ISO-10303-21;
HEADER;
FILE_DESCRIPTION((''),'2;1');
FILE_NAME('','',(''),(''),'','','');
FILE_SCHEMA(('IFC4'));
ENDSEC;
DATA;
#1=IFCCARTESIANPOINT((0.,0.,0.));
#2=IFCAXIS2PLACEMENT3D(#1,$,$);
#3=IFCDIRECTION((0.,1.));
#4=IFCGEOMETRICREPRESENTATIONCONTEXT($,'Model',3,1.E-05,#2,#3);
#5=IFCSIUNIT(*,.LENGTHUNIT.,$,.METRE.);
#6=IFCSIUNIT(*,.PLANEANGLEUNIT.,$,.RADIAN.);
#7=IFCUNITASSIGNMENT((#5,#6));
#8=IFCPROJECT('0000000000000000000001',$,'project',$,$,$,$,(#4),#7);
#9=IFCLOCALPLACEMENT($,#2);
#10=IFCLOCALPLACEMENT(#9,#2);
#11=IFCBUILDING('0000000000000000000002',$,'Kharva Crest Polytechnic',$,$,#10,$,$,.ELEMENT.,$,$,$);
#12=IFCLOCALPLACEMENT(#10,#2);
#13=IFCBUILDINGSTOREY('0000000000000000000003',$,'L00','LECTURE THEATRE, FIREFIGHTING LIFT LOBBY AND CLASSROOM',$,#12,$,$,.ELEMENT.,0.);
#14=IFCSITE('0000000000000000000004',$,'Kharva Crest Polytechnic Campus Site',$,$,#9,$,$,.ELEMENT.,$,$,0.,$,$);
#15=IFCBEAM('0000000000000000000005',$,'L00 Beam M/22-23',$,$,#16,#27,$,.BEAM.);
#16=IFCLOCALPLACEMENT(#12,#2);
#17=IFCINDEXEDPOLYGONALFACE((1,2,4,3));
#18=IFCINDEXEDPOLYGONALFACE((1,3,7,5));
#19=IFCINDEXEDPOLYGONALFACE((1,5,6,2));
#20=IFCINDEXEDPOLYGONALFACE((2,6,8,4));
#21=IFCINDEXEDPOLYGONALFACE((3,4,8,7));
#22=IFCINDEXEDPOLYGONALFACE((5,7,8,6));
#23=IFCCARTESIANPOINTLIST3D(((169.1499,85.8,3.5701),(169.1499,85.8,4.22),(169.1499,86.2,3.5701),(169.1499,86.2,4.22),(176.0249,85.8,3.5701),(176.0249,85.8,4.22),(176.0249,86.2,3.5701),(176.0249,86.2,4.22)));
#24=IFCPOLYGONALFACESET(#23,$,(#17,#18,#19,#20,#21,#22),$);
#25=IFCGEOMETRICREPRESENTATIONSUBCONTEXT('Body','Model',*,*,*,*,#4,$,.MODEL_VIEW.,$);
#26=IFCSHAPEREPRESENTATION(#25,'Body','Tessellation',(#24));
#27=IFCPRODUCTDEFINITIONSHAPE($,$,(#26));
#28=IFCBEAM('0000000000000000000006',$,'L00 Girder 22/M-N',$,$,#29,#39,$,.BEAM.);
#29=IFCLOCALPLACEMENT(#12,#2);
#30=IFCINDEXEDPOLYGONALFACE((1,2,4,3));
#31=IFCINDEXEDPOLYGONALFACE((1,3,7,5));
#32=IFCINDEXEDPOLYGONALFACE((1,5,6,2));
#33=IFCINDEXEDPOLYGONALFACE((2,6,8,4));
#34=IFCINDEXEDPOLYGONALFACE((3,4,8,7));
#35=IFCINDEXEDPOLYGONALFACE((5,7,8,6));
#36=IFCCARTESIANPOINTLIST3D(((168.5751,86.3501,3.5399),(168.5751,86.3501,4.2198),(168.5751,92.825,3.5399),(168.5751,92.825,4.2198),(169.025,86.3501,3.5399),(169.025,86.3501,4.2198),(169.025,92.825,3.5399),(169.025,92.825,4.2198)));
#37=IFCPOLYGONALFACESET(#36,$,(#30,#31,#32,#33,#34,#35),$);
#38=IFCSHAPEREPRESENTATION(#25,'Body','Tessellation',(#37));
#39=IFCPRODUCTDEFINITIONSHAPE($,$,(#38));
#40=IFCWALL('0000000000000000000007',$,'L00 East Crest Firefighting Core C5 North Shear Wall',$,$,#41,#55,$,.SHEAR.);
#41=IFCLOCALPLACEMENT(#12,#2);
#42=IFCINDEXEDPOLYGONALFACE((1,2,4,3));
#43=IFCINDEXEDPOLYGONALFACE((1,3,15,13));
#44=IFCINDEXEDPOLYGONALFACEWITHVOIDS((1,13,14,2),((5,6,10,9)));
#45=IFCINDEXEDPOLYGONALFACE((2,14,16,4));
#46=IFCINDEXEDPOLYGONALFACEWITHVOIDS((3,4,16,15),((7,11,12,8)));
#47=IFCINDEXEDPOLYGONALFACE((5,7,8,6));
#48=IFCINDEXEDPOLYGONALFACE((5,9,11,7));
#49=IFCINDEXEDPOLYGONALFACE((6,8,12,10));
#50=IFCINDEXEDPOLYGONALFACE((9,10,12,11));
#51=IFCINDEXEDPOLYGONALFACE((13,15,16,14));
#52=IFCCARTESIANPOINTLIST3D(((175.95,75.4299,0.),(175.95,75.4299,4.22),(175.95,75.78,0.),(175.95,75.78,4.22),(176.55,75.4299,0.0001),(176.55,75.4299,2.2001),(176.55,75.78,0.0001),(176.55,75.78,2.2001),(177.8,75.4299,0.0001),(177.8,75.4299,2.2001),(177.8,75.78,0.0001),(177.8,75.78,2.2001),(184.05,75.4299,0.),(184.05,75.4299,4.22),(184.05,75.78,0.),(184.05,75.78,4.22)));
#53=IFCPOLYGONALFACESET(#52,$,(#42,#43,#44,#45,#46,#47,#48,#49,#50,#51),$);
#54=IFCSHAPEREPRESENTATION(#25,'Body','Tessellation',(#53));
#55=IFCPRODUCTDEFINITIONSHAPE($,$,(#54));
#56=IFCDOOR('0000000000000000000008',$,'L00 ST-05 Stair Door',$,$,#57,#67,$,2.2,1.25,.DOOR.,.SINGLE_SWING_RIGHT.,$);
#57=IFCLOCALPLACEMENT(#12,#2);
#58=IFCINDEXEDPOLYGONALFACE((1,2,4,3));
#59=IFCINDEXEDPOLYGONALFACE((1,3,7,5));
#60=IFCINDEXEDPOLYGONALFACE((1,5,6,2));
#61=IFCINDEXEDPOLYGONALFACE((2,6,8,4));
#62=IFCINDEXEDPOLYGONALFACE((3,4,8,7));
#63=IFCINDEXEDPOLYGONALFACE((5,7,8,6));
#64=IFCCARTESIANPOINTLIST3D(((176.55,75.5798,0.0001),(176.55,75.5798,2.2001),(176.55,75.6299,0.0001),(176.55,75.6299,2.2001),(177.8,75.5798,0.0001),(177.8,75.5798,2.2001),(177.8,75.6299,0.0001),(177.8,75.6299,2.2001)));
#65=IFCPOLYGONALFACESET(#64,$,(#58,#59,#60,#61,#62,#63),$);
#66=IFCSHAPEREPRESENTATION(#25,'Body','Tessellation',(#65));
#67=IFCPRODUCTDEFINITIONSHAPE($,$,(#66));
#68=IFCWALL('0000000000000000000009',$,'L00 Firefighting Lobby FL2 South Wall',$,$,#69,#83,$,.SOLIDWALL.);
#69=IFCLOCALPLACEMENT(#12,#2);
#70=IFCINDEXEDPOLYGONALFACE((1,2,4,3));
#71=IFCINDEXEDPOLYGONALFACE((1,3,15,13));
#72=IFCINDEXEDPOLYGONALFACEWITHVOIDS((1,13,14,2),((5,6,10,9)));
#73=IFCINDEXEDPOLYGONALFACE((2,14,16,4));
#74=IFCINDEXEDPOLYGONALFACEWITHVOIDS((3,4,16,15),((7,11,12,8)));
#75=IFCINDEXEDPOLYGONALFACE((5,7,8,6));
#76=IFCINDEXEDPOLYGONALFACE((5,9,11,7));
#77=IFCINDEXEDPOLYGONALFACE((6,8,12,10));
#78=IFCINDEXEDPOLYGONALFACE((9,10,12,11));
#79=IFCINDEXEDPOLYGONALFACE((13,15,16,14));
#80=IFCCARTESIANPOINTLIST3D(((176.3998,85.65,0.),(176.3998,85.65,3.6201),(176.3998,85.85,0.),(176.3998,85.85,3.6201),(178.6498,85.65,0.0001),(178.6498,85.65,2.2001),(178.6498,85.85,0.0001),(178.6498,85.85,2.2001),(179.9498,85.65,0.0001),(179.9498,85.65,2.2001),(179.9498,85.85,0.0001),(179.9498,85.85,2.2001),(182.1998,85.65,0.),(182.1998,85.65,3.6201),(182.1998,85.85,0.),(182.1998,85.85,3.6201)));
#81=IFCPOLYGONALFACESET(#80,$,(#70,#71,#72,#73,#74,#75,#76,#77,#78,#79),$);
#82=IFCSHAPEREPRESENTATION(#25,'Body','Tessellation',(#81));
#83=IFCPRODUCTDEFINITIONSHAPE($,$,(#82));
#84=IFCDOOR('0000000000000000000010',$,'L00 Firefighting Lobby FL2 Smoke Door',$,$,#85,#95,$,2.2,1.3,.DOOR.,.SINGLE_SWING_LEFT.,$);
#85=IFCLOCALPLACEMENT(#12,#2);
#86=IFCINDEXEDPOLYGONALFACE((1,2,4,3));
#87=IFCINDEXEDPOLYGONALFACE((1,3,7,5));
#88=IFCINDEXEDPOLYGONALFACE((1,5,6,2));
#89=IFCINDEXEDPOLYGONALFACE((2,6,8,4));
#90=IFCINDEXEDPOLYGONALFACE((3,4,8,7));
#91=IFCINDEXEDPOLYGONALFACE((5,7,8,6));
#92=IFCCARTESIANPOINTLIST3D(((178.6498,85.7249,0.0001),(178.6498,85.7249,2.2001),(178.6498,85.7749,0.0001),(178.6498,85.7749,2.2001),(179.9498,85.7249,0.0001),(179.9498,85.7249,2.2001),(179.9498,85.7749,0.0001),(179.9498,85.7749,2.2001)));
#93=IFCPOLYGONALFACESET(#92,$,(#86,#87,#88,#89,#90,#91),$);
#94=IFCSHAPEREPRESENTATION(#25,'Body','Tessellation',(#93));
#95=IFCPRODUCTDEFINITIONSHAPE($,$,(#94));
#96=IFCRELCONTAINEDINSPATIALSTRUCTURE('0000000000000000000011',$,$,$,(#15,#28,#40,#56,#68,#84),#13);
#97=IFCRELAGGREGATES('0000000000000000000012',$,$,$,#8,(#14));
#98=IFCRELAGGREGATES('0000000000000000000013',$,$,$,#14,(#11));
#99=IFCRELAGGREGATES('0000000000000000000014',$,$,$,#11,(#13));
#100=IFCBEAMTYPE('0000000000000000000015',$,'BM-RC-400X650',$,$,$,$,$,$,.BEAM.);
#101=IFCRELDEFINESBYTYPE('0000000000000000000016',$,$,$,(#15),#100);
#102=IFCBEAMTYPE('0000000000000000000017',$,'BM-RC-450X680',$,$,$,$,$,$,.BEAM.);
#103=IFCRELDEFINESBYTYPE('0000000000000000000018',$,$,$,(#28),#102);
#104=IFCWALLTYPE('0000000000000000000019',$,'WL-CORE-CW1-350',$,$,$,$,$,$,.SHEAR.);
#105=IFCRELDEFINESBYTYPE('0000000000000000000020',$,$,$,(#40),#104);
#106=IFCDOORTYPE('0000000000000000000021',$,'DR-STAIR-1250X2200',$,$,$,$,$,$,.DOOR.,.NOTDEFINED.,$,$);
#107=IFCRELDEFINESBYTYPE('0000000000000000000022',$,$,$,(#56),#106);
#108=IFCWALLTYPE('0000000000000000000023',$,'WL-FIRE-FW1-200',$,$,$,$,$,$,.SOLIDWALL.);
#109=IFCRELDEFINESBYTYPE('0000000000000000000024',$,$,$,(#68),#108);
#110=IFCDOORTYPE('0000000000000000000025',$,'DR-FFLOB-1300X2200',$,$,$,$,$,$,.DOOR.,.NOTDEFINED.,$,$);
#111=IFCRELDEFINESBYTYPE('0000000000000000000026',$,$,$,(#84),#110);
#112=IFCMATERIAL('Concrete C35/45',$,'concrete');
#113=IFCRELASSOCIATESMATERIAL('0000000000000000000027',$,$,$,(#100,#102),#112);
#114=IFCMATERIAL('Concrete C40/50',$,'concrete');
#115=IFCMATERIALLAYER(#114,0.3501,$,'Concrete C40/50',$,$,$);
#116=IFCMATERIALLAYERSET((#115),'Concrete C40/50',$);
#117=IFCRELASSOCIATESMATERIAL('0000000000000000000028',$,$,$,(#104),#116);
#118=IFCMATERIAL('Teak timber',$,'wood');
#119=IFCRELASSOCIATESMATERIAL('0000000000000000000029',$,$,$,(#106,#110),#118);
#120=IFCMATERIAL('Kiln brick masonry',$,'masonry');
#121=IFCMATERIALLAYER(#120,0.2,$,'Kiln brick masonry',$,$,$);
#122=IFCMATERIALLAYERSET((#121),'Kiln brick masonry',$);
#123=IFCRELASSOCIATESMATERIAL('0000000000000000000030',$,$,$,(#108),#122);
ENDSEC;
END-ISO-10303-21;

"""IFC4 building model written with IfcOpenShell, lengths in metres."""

from ifc_helpers import new_model, si_unit, direction, frame, frame_2d, origin, origin_2d, place, context, subcontext, project, spatial, rectangle, extrude, material, layer, layer_set, material_profile, profile_set, type_object, element, fill, save


model = new_model("IFC4")

# Units and contexts
model_context = context("Model", 3, precision=1e-05, world=origin(), true_north=direction((0.0, 1.0)))
body_context = subcontext(model_context, "Body", "Model", "MODEL_VIEW")
ifc_project = project(units=[si_unit("LENGTHUNIT", "METRE"), si_unit("PLANEANGLEUNIT", "RADIAN")], contexts=[model_context])

# Site, building, storey
site_placement = place(None, origin())
site = spatial("IfcSite", under=ifc_project, at=site_placement, Name="Kharva Crest Polytechnic Campus Site", CompositionType="ELEMENT", RefElevation=0.0)
building_placement = place(site_placement, origin())
building = spatial("IfcBuilding", under=site, at=building_placement, Name="Kharva Crest Polytechnic", CompositionType="ELEMENT")
storey_placement = place(building_placement, origin())
storey = spatial("IfcBuildingStorey", under=building, at=storey_placement, Name="L00", Description="LECTURE THEATRE, FIREFIGHTING LIFT LOBBY AND CLASSROOM", CompositionType="ELEMENT", Elevation=0.0)

# Shared definitions
ifc_material_1 = material(Name="Concrete C35/45", Category="concrete")

# Shared definitions
ifc_material_2 = material(Name="Concrete C40/50", Category="concrete")

# Beams
ifc_material_profile_1 = material_profile(ifc_material_1, rectangle(XDim=0.3999, YDim=0.6499, at=origin_2d()), Name="RECT 400 X 650")
ifc_profile_set_1 = profile_set([ifc_material_profile_1], Name="Concrete C35/45")
beam_type_1 = type_object("IfcBeamType", Name="BM-RC-400X650", PredefinedType="BEAM", material=ifc_profile_set_1)
beam_1_placement = place(storey_placement, frame((169.1499, 86.0, 3.895), z_axis=(1.0, 0.0, 0.0), x_axis=(0.0, 1.0, 0.0)))
element("IfcBeam", 1, at=beam_1_placement, inside=storey, type_object=beam_type_1, Name="L00 Beam M/22-23", PredefinedType="BEAM", context=body_context, shape_type="SweptSolid", body=[
    extrude(rectangle(XDim=0.3999, YDim=0.6499, at=origin_2d()), origin(), (0.0, 0.0, 1.0), 6.875),
])
ifc_material_profile_2 = material_profile(ifc_material_1, rectangle(XDim=0.45, YDim=0.6799, at=origin_2d()), Name="RECT 450 X 680")
ifc_profile_set_2 = profile_set([ifc_material_profile_2], Name="Concrete C35/45")
beam_type_2 = type_object("IfcBeamType", Name="BM-RC-450X680", PredefinedType="BEAM", material=ifc_profile_set_2)
beam_2_placement = place(storey_placement, frame((168.8, 86.3501, 3.8799), z_axis=(0.0, 1.0, 0.0), x_axis=(-1.0, 0.0, 0.0)))
element("IfcBeam", 2, at=beam_2_placement, inside=storey, type_object=beam_type_2, Name="L00 Girder 22/M-N", PredefinedType="BEAM", context=body_context, shape_type="SweptSolid", body=[
    extrude(rectangle(XDim=0.45, YDim=0.6799, at=origin_2d()), origin(), (0.0, 0.0, 1.0), 6.4749),
])

# Walls, openings, doors
ifc_layer_1 = layer(ifc_material_2, 0.3501, Name="Concrete C40/50")
ifc_layer_set_1 = layer_set([ifc_layer_1], Name="Concrete C40/50")
wall_type_1 = type_object("IfcWallType", Name="WL-CORE-CW1-350", PredefinedType="SHEAR", material=ifc_layer_set_1)
wall_1_placement = place(storey_placement, frame((175.95, 75.605, 0.0), z_axis=(0.0, 0.0, 1.0), x_axis=(1.0, 0.0, 0.0)))
wall_1 = element("IfcWall", 3, at=wall_1_placement, inside=storey, type_object=wall_type_1, Name="L00 East Crest Firefighting Core C5 North Shear Wall", PredefinedType="SHEAR", context=body_context, shape_type="SweptSolid", body=[
    extrude(rectangle(XDim=8.1001, YDim=0.3501, at=frame_2d((4.05, 0.0))), origin(), (0.0, 0.0, 1.0), 4.22),
])
opening_1_placement = place(wall_1_placement, frame((0.6001, 0.0, 0.0)))
opening_1 = element("IfcOpeningElement", 4, at=opening_1_placement, cuts=wall_1, PredefinedType="OPENING", context=body_context, shape_type="SweptSolid", body=[
    extrude(rectangle(XDim=1.25, YDim=2.2, at=frame_2d((0.625, 1.1001))), frame((0.0, 0.1851, 0.0), z_axis=(0.0, -1.0, 0.0), x_axis=(1.0, 0.0, 0.0)), (0.0, 0.0, 1.0), 0.3701),
])
ifc_material_3 = material(Name="Teak timber", Category="wood")
door_type_1 = type_object("IfcDoorType", Name="DR-STAIR-1250X2200", OperationType="NOTDEFINED", PredefinedType="DOOR", material=ifc_material_3)
door_1_placement = place(opening_1_placement, origin())
door_1 = element("IfcDoor", 5, at=door_1_placement, inside=storey, type_object=door_type_1, Name="L00 ST-05 Stair Door", OperationType="SINGLE_SWING_RIGHT", OverallHeight=2.2, OverallWidth=1.25, PredefinedType="DOOR", context=body_context, shape_type="SweptSolid", body=[
    extrude(rectangle(XDim=1.25, YDim=2.2, at=frame_2d((0.625, 1.1001))), frame((0.0, 0.0249, 0.0), z_axis=(0.0, -1.0, 0.0), x_axis=(1.0, 0.0, 0.0)), (0.0, 0.0, 1.0), 0.05),
])
fill(opening_1, door_1)
ifc_material_4 = material(Name="Kiln brick masonry", Category="masonry")
ifc_layer_2 = layer(ifc_material_4, 0.2, Name="Kiln brick masonry")
ifc_layer_set_2 = layer_set([ifc_layer_2], Name="Kiln brick masonry")
wall_type_2 = type_object("IfcWallType", Name="WL-FIRE-FW1-200", PredefinedType="SOLIDWALL", material=ifc_layer_set_2)
wall_2_placement = place(storey_placement, frame((176.3999, 85.75, 0.0), z_axis=(0.0, 0.0, 1.0), x_axis=(1.0, 0.0, 0.0)))
wall_2 = element("IfcWall", 6, at=wall_2_placement, inside=storey, type_object=wall_type_2, Name="L00 Firefighting Lobby FL2 South Wall", PredefinedType="SOLIDWALL", context=body_context, shape_type="SweptSolid", body=[
    extrude(rectangle(XDim=5.8, YDim=0.2, at=frame_2d((2.8999, 0.0))), origin(), (0.0, 0.0, 1.0), 3.6201),
])
opening_2_placement = place(wall_2_placement, frame((2.25, 0.0, 0.0)))
opening_2 = element("IfcOpeningElement", 7, at=opening_2_placement, cuts=wall_2, PredefinedType="OPENING", context=body_context, shape_type="SweptSolid", body=[
    extrude(rectangle(XDim=1.3, YDim=2.2, at=frame_2d((0.6499, 1.1001))), frame((0.0, 0.1099, 0.0), z_axis=(0.0, -1.0, 0.0), x_axis=(1.0, 0.0, 0.0)), (0.0, 0.0, 1.0), 0.22),
])
door_type_2 = type_object("IfcDoorType", Name="DR-FFLOB-1300X2200", OperationType="NOTDEFINED", PredefinedType="DOOR", material=ifc_material_3)
door_2_placement = place(opening_2_placement, origin())
door_2 = element("IfcDoor", 8, at=door_2_placement, inside=storey, type_object=door_type_2, Name="L00 Firefighting Lobby FL2 Smoke Door", OperationType="SINGLE_SWING_LEFT", OverallHeight=2.2, OverallWidth=1.3, PredefinedType="DOOR", context=body_context, shape_type="SweptSolid", body=[
    extrude(rectangle(XDim=1.3, YDim=2.2, at=frame_2d((0.6499, 1.1001))), frame((0.0, 0.0249, 0.0), z_axis=(0.0, -1.0, 0.0), x_axis=(1.0, 0.0, 0.0)), (0.0, 0.0, 1.0), 0.05),
])
fill(opening_2, door_2)

save(model, "model.ifc")
